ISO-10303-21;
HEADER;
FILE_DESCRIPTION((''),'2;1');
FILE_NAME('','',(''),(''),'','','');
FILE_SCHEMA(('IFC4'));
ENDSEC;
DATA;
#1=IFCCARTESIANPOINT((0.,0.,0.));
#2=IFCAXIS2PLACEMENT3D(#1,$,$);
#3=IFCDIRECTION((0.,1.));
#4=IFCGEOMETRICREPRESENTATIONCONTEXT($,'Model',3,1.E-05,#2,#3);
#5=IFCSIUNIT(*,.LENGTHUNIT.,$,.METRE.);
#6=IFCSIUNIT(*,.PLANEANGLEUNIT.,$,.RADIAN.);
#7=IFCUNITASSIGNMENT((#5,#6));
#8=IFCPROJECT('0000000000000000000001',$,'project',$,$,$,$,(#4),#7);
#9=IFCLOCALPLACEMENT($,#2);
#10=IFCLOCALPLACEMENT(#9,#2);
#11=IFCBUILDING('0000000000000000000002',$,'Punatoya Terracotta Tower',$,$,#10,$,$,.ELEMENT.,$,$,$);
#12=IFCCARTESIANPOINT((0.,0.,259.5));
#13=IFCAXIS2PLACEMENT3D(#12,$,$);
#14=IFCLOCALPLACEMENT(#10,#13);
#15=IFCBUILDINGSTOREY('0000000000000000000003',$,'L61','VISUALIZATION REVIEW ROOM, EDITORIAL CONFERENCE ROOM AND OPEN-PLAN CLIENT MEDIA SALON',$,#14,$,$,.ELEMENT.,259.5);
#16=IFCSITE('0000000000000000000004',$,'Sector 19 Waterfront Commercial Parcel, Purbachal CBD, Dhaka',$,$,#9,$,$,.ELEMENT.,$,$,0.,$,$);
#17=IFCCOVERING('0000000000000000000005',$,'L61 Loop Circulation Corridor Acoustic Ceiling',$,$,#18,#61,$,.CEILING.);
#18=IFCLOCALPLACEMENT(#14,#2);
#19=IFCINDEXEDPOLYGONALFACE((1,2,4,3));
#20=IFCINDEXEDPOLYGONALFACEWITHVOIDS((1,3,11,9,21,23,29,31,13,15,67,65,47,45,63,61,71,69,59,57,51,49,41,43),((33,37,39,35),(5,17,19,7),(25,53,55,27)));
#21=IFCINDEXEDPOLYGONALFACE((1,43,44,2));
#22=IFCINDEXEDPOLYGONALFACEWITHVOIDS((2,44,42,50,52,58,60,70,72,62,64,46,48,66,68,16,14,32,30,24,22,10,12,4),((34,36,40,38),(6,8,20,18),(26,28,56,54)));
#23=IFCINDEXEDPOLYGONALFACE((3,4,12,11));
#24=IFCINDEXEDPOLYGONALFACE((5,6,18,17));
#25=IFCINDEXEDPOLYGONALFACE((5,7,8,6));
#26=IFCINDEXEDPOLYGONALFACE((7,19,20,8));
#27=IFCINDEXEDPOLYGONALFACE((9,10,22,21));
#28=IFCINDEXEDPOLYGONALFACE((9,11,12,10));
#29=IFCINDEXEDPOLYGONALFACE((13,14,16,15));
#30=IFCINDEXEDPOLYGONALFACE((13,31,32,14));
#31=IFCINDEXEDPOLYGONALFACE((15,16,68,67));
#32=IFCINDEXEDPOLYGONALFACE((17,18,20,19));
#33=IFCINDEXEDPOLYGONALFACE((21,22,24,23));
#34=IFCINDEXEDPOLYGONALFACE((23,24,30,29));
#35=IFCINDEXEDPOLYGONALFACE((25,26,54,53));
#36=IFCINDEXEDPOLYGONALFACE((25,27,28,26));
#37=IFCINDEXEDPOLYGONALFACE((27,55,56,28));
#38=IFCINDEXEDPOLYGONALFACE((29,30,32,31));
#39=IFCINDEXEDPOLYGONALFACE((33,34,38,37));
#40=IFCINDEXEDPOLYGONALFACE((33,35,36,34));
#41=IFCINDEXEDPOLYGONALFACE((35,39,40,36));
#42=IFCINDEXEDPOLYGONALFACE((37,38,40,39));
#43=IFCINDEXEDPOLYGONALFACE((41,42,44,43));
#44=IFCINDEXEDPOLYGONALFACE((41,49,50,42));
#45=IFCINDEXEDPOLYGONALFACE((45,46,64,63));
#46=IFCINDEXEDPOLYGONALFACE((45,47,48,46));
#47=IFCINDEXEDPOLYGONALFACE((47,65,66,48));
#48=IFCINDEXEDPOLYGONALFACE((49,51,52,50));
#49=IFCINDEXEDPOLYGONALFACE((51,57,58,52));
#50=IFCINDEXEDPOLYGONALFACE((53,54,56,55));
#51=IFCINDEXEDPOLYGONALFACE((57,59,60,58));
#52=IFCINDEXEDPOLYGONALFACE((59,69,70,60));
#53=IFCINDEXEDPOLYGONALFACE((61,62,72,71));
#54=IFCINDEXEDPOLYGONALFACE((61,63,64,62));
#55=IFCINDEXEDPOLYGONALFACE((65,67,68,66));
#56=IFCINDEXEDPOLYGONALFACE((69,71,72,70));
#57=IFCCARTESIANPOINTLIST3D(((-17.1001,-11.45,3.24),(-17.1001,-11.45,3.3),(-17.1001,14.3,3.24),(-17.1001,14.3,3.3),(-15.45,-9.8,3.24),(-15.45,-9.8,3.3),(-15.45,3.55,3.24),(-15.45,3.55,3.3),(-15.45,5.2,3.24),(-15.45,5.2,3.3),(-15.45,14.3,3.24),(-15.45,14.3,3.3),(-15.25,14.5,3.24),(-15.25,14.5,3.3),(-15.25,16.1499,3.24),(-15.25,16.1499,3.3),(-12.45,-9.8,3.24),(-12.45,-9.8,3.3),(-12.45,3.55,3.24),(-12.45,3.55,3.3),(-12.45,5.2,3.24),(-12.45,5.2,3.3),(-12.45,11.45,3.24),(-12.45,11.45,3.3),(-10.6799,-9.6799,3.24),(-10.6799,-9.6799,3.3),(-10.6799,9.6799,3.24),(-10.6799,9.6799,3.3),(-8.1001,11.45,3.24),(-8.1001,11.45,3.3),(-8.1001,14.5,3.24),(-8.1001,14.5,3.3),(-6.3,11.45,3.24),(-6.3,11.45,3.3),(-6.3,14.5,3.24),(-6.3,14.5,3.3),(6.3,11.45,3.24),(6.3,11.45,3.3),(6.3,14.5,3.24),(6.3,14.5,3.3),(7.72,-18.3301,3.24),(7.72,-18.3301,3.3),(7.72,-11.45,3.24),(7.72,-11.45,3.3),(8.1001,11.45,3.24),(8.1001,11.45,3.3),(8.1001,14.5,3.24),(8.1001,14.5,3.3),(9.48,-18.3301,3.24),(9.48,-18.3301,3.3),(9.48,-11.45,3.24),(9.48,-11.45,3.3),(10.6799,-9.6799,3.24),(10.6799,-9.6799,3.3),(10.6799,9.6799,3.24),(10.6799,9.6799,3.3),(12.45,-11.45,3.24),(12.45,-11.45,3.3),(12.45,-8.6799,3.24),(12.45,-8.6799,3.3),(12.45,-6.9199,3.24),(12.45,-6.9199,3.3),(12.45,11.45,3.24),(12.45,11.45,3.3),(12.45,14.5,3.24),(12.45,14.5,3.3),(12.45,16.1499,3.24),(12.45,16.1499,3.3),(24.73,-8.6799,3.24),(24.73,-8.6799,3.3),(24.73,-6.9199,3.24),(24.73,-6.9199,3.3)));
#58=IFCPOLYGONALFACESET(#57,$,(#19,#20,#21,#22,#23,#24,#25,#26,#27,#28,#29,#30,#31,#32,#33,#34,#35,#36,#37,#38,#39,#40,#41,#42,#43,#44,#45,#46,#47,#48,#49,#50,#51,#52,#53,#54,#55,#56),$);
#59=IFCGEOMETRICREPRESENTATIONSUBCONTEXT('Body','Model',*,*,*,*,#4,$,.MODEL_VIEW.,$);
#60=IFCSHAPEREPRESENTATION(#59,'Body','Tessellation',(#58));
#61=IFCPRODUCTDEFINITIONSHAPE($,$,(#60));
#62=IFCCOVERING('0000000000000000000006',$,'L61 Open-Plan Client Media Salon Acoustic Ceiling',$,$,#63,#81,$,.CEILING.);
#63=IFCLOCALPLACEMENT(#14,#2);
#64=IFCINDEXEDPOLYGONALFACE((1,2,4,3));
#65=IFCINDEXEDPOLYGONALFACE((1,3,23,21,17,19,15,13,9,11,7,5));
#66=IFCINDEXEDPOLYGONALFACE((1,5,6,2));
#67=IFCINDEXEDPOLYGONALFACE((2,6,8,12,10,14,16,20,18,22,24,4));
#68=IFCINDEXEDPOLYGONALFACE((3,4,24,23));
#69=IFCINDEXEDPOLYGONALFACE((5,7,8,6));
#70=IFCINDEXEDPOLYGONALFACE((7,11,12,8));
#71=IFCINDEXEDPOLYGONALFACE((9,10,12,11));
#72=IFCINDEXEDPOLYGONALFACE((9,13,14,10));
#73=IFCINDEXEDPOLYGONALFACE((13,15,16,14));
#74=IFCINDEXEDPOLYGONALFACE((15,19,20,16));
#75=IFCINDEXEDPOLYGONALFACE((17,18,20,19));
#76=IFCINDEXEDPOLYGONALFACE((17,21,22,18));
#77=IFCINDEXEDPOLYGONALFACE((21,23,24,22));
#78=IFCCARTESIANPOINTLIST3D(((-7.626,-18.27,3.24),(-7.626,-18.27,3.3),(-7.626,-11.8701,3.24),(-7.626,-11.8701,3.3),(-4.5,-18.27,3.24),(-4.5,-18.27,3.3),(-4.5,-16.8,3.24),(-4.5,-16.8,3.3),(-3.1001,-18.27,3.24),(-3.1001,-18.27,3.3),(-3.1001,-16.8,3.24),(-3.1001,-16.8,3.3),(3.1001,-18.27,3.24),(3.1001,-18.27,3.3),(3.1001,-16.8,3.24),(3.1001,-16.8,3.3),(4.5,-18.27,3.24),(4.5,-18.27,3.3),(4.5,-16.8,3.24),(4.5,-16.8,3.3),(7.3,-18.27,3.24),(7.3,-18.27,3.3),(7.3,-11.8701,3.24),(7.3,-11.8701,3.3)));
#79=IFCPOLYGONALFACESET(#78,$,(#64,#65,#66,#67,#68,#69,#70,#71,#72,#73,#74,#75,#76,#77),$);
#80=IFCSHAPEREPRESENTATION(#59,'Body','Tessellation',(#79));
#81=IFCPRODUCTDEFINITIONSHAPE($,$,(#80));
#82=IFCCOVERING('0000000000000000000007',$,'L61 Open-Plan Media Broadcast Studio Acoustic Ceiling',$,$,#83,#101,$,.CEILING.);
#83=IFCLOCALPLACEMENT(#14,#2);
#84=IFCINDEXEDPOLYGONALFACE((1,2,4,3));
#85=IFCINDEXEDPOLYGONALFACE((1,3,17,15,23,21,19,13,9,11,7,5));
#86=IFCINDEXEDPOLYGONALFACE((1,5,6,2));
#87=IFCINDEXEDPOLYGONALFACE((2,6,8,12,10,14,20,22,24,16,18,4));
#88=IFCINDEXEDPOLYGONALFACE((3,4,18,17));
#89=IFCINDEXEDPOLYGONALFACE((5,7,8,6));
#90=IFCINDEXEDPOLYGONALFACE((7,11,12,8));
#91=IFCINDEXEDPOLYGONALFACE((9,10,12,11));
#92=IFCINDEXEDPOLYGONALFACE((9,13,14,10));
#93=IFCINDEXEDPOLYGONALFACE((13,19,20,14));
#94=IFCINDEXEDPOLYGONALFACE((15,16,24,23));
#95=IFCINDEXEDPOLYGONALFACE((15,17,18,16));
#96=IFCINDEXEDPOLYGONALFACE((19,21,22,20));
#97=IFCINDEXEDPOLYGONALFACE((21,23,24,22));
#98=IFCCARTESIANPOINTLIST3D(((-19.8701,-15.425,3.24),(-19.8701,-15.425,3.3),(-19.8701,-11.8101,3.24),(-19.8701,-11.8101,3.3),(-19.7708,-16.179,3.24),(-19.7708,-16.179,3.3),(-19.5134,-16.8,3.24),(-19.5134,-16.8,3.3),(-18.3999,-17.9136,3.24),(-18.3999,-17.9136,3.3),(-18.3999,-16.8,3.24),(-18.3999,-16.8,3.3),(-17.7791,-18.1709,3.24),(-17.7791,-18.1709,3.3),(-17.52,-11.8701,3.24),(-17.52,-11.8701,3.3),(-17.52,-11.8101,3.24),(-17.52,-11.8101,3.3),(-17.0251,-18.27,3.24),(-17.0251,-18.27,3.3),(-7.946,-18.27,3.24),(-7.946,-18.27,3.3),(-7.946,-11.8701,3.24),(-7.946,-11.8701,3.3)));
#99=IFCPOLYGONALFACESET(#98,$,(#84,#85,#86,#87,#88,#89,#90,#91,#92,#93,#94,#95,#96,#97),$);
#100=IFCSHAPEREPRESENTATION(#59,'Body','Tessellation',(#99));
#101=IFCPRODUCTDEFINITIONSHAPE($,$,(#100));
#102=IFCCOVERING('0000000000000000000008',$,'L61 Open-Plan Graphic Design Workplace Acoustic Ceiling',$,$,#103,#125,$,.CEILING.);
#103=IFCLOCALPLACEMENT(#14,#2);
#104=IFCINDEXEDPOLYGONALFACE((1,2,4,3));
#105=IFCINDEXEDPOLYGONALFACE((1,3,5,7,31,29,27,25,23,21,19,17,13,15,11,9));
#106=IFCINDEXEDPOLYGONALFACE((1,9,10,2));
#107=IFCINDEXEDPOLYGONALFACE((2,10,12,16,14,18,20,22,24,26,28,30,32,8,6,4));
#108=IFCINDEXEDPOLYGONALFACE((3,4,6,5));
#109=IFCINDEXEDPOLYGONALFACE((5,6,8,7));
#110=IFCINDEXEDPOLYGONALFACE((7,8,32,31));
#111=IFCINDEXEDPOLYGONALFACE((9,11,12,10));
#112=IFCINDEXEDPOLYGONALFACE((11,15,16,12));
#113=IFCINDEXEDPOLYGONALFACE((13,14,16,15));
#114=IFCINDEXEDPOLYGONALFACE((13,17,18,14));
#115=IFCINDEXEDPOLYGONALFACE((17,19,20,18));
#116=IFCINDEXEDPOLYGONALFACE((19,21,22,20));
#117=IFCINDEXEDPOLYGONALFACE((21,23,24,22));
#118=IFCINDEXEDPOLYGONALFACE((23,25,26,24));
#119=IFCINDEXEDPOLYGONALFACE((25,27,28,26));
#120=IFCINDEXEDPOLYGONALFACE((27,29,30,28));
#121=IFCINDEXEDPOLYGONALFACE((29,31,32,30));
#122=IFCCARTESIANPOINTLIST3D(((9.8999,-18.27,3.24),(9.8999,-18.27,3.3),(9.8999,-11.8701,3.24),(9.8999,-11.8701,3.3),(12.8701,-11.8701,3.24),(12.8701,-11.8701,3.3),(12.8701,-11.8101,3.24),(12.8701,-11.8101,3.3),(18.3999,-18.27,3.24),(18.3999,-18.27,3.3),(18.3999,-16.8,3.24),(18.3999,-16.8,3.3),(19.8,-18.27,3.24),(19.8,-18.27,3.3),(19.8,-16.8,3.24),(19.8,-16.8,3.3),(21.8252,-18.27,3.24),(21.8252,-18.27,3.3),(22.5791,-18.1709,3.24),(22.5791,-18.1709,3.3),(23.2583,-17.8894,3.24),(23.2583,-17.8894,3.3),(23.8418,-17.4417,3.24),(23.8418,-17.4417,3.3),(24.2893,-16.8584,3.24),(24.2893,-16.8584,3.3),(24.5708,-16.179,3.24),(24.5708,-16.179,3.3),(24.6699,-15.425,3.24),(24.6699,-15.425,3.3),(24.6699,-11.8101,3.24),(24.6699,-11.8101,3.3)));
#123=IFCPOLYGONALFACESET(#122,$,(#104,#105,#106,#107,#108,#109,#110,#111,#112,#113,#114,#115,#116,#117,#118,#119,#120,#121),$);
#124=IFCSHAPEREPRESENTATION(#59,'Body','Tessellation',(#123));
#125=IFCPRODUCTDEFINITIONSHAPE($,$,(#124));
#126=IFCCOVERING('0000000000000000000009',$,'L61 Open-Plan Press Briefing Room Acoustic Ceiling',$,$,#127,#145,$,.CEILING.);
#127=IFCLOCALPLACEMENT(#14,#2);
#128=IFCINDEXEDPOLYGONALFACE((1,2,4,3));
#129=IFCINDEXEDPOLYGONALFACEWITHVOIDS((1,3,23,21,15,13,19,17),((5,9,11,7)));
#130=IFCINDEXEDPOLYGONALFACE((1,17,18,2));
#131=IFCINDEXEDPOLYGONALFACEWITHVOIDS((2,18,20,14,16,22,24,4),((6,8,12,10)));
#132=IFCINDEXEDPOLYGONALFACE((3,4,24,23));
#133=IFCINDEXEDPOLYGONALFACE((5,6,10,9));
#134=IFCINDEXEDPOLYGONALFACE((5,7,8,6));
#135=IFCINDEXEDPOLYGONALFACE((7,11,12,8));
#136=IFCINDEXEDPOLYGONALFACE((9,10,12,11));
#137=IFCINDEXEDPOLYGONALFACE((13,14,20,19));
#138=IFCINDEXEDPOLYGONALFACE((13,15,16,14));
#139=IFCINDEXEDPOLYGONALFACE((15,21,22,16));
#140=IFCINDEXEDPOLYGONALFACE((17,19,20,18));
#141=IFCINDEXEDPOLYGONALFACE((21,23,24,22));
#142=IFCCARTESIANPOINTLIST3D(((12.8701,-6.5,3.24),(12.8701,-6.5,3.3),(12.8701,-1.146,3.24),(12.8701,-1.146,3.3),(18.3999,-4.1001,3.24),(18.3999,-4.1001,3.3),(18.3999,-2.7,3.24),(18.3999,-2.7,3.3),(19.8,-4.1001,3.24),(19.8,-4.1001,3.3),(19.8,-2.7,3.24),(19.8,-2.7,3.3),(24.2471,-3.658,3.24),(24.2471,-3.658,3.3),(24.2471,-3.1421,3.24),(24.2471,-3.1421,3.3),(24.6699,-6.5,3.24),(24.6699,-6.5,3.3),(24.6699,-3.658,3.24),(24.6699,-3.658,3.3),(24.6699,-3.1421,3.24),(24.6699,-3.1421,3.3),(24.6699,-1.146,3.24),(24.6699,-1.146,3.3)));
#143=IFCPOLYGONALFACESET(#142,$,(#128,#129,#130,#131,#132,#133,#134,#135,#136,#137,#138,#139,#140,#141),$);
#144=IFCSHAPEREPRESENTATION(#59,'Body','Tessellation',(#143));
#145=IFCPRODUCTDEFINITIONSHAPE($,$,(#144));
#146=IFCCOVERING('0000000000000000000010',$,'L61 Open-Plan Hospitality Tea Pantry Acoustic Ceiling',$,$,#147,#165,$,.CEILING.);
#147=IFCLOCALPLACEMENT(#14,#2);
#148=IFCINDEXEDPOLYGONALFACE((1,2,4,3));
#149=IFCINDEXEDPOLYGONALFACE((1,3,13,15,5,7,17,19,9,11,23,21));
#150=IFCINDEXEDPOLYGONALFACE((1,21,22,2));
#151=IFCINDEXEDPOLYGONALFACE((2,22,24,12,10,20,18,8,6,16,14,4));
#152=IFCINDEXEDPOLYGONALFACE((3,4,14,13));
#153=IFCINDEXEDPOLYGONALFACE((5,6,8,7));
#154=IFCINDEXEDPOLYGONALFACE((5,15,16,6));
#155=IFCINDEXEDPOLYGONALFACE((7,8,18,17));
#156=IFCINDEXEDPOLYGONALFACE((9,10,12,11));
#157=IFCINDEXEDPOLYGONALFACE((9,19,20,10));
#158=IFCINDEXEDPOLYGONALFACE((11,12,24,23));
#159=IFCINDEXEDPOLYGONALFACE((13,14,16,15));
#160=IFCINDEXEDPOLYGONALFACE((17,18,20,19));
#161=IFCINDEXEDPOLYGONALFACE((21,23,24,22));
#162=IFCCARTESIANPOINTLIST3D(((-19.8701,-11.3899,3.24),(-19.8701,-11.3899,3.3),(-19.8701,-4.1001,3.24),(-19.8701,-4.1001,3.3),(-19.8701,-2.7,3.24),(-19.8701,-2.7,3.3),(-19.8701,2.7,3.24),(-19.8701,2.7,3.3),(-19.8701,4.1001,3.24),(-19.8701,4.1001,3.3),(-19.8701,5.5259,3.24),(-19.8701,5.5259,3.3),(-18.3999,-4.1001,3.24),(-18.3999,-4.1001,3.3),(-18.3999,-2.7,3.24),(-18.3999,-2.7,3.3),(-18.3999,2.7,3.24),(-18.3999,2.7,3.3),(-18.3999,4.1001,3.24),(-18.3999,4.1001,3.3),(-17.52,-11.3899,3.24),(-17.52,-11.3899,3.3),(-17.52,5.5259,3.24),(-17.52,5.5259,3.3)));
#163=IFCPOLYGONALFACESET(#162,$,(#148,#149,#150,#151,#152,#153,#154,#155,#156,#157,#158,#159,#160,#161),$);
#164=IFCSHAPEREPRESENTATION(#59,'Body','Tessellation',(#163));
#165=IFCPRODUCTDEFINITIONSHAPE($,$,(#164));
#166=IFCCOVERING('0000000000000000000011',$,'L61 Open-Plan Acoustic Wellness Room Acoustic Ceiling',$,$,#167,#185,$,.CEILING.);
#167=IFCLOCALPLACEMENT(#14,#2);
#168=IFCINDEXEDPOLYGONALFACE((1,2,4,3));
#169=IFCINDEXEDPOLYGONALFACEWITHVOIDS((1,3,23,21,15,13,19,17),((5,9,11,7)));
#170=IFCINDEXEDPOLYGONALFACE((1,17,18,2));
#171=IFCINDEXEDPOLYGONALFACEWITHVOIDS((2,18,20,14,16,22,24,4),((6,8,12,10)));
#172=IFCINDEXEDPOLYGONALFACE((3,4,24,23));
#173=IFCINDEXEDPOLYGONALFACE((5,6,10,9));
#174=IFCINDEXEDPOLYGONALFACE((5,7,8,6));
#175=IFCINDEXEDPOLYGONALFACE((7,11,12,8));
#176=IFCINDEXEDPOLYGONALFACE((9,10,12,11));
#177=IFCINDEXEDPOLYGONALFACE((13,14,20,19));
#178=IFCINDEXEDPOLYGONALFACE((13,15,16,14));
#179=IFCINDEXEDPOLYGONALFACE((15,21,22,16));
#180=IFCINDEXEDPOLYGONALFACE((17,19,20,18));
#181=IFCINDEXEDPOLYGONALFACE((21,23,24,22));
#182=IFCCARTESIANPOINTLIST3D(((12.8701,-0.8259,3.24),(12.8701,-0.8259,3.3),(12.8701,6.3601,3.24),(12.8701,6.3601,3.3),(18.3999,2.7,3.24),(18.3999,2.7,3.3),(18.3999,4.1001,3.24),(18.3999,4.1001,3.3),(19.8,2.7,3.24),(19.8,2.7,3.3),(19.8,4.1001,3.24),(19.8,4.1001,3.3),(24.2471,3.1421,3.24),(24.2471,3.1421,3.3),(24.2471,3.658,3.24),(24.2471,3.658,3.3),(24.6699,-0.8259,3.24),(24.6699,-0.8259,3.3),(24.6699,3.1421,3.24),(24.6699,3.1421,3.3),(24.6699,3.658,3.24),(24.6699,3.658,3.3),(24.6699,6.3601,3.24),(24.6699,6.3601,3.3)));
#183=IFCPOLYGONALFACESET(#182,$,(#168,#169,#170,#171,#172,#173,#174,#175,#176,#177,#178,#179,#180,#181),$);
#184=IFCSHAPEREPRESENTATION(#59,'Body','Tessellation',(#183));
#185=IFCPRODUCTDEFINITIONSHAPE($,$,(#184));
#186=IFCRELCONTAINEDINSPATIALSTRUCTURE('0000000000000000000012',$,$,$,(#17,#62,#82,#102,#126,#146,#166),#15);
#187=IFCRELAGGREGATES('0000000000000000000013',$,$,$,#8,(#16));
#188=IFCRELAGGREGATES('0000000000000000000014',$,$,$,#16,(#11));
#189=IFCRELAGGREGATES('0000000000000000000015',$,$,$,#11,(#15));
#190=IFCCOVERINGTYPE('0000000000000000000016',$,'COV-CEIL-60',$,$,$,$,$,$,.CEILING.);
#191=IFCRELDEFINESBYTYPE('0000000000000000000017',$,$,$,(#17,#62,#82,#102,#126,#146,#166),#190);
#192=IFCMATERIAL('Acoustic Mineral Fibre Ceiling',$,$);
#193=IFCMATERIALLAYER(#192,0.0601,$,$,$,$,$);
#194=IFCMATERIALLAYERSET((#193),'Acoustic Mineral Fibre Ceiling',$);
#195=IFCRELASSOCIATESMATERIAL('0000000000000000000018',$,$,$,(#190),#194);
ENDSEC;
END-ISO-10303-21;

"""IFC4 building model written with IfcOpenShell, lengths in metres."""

from ifc_helpers import new_model, si_unit, direction, frame, origin, place, context, subcontext, project, spatial, polyline, outline, extrude, material, layer, layer_set, type_object, element, save


model = new_model("IFC4")

# Units and contexts
model_context = context("Model", 3, precision=1e-05, world=origin(), true_north=direction((0.0, 1.0)))
body_context = subcontext(model_context, "Body", "Model", "MODEL_VIEW")
ifc_project = project(units=[si_unit("LENGTHUNIT", "METRE"), si_unit("PLANEANGLEUNIT", "RADIAN")], contexts=[model_context])

# Site, building, storey
site_placement = place(None, origin())
site = spatial("IfcSite", under=ifc_project, at=site_placement, Name="Sector 19 Waterfront Commercial Parcel, Purbachal CBD, Dhaka", CompositionType="ELEMENT", RefElevation=0.0)
building_placement = place(site_placement, origin())
building = spatial("IfcBuilding", under=site, at=building_placement, Name="Punatoya Terracotta Tower", CompositionType="ELEMENT")
storey_placement = place(building_placement, frame((0.0, 0.0, 259.5)))
storey = spatial("IfcBuildingStorey", under=building, at=storey_placement, Name="L61", Description="VISUALIZATION REVIEW ROOM, EDITORIAL CONFERENCE ROOM AND OPEN-PLAN CLIENT MEDIA SALON", CompositionType="ELEMENT", Elevation=259.5)

# Coverings
ifc_material_1 = material(Name="Acoustic Mineral Fibre Ceiling")
ifc_layer_1 = layer(ifc_material_1, 0.0601)
ifc_layer_set_1 = layer_set([ifc_layer_1], Name="Acoustic Mineral Fibre Ceiling")
covering_type = type_object("IfcCoveringType", Name="COV-CEIL-60", PredefinedType="CEILING", material=ifc_layer_set_1)
covering_1_placement = place(storey_placement, frame((0.0, 0.0, 3.24)))
element("IfcCovering", 1, at=covering_1_placement, inside=storey, type_object=covering_type, Name="L61 Loop Circulation Corridor Acoustic Ceiling", PredefinedType="CEILING", context=body_context, shape_type="SweptSolid", body=[
    extrude(outline(polyline([(9.48, -11.45), (12.45, -11.45), (12.45, -8.6799), (24.73, -8.6799), (24.73, -6.9199), (12.45, -6.9199), (12.45, 11.45), (8.1001, 11.45), (8.1001, 14.5), (12.45, 14.5), (12.45, 16.1499), (-15.25, 16.1499), (-15.25, 14.5), (-8.1001, 14.5), (-8.1001, 11.45), (-12.45, 11.45), (-12.45, 5.2), (-15.45, 5.2), (-15.45, 14.3), (-17.1001, 14.3), (-17.1001, -11.45), (7.72, -11.45), (7.72, -18.3301), (9.48, -18.3301), (9.48, -11.45)]), holes=[polyline([(10.6799, 9.6799), (10.6799, -9.6799), (-10.6799, -9.6799), (-10.6799, 9.6799), (10.6799, 9.6799)]), polyline([(6.3, 14.5), (6.3, 11.45), (-6.3, 11.45), (-6.3, 14.5), (6.3, 14.5)]), polyline([(-12.45, 3.55), (-12.45, -9.8), (-15.45, -9.8), (-15.45, 3.55), (-12.45, 3.55)])]), origin(), (0.0, 0.0, 1.0), 0.0601),
])
covering_2_placement = place(storey_placement, frame((0.0, 0.0, 3.24)))
element("IfcCovering", 2, at=covering_2_placement, inside=storey, type_object=covering_type, Name="L61 Open-Plan Client Media Salon Acoustic Ceiling", PredefinedType="CEILING", context=body_context, shape_type="SweptSolid", body=[
    extrude(outline(polyline([(-4.5, -18.27), (-4.5, -16.8), (-3.1001, -16.8), (-3.1001, -18.27), (3.1001, -18.27), (3.1001, -16.8), (4.5, -16.8), (4.5, -18.27), (7.3, -18.27), (7.3, -11.8701), (-7.626, -11.8701), (-7.626, -18.27), (-4.5, -18.27)])), origin(), (0.0, 0.0, 1.0), 0.0601),
])
covering_3_placement = place(storey_placement, frame((0.0, 0.0, 3.24)))
element("IfcCovering", 3, at=covering_3_placement, inside=storey, type_object=covering_type, Name="L61 Open-Plan Media Broadcast Studio Acoustic Ceiling", PredefinedType="CEILING", context=body_context, shape_type="SweptSolid", body=[
    extrude(outline(polyline([(-17.52, -11.8701), (-17.52, -11.8101), (-19.8701, -11.8101), (-19.8701, -15.425), (-19.7708, -16.179), (-19.5134, -16.8), (-18.3999, -16.8), (-18.3999, -17.9136), (-17.7791, -18.1709), (-17.0251, -18.27), (-7.946, -18.27), (-7.946, -11.8701), (-17.52, -11.8701)])), origin(), (0.0, 0.0, 1.0), 0.0601),
])
covering_4_placement = place(storey_placement, frame((0.0, 0.0, 3.24)))
element("IfcCovering", 4, at=covering_4_placement, inside=storey, type_object=covering_type, Name="L61 Open-Plan Graphic Design Workplace Acoustic Ceiling", PredefinedType="CEILING", context=body_context, shape_type="SweptSolid", body=[
    extrude(outline(polyline([(12.8701, -11.8701), (9.8999, -11.8701), (9.8999, -18.27), (18.3999, -18.27), (18.3999, -16.8), (19.8, -16.8), (19.8, -18.27), (21.8252, -18.27), (22.5791, -18.1709), (23.2583, -17.8894), (23.8418, -17.4417), (24.2893, -16.8584), (24.5708, -16.179), (24.6699, -15.425), (24.6699, -11.8101), (12.8701, -11.8101), (12.8701, -11.8701)])), origin(), (0.0, 0.0, 1.0), 0.0601),
])
covering_5_placement = place(storey_placement, frame((0.0, 0.0, 3.24)))
element("IfcCovering", 5, at=covering_5_placement, inside=storey, type_object=covering_type, Name="L61 Open-Plan Press Briefing Room Acoustic Ceiling", PredefinedType="CEILING", context=body_context, shape_type="SweptSolid", body=[
    extrude(outline(polyline([(24.6699, -3.1421), (24.6699, -1.146), (12.8701, -1.146), (12.8701, -6.5), (24.6699, -6.5), (24.6699, -3.658), (24.2471, -3.658), (24.2471, -3.1421), (24.6699, -3.1421)]), holes=[polyline([(18.3999, -4.1001), (18.3999, -2.7), (19.8, -2.7), (19.8, -4.1001), (18.3999, -4.1001)])]), origin(), (0.0, 0.0, 1.0), 0.0601),
])
covering_6_placement = place(storey_placement, frame((0.0, 0.0, 3.24)))
element("IfcCovering", 6, at=covering_6_placement, inside=storey, type_object=covering_type, Name="L61 Open-Plan Hospitality Tea Pantry Acoustic Ceiling", PredefinedType="CEILING", context=body_context, shape_type="SweptSolid", body=[
    extrude(outline(polyline([(-19.8701, -4.1001), (-19.8701, -11.3899), (-17.52, -11.3899), (-17.52, 5.5259), (-19.8701, 5.5259), (-19.8701, 4.1001), (-18.3999, 4.1001), (-18.3999, 2.7), (-19.8701, 2.7), (-19.8701, -2.7), (-18.3999, -2.7), (-18.3999, -4.1001), (-19.8701, -4.1001)])), origin(), (0.0, 0.0, 1.0), 0.0601),
])
covering_7_placement = place(storey_placement, frame((0.0, 0.0, 3.24)))
element("IfcCovering", 7, at=covering_7_placement, inside=storey, type_object=covering_type, Name="L61 Open-Plan Acoustic Wellness Room Acoustic Ceiling", PredefinedType="CEILING", context=body_context, shape_type="SweptSolid", body=[
    extrude(outline(polyline([(24.6699, 3.658), (24.6699, 6.3601), (12.8701, 6.3601), (12.8701, -0.8259), (24.6699, -0.8259), (24.6699, 3.1421), (24.2471, 3.1421), (24.2471, 3.658), (24.6699, 3.658)]), holes=[polyline([(18.3999, 4.1001), (19.8, 4.1001), (19.8, 2.7), (18.3999, 2.7), (18.3999, 4.1001)])]), origin(), (0.0, 0.0, 1.0), 0.0601),
])

save(model, "model.ifc")
